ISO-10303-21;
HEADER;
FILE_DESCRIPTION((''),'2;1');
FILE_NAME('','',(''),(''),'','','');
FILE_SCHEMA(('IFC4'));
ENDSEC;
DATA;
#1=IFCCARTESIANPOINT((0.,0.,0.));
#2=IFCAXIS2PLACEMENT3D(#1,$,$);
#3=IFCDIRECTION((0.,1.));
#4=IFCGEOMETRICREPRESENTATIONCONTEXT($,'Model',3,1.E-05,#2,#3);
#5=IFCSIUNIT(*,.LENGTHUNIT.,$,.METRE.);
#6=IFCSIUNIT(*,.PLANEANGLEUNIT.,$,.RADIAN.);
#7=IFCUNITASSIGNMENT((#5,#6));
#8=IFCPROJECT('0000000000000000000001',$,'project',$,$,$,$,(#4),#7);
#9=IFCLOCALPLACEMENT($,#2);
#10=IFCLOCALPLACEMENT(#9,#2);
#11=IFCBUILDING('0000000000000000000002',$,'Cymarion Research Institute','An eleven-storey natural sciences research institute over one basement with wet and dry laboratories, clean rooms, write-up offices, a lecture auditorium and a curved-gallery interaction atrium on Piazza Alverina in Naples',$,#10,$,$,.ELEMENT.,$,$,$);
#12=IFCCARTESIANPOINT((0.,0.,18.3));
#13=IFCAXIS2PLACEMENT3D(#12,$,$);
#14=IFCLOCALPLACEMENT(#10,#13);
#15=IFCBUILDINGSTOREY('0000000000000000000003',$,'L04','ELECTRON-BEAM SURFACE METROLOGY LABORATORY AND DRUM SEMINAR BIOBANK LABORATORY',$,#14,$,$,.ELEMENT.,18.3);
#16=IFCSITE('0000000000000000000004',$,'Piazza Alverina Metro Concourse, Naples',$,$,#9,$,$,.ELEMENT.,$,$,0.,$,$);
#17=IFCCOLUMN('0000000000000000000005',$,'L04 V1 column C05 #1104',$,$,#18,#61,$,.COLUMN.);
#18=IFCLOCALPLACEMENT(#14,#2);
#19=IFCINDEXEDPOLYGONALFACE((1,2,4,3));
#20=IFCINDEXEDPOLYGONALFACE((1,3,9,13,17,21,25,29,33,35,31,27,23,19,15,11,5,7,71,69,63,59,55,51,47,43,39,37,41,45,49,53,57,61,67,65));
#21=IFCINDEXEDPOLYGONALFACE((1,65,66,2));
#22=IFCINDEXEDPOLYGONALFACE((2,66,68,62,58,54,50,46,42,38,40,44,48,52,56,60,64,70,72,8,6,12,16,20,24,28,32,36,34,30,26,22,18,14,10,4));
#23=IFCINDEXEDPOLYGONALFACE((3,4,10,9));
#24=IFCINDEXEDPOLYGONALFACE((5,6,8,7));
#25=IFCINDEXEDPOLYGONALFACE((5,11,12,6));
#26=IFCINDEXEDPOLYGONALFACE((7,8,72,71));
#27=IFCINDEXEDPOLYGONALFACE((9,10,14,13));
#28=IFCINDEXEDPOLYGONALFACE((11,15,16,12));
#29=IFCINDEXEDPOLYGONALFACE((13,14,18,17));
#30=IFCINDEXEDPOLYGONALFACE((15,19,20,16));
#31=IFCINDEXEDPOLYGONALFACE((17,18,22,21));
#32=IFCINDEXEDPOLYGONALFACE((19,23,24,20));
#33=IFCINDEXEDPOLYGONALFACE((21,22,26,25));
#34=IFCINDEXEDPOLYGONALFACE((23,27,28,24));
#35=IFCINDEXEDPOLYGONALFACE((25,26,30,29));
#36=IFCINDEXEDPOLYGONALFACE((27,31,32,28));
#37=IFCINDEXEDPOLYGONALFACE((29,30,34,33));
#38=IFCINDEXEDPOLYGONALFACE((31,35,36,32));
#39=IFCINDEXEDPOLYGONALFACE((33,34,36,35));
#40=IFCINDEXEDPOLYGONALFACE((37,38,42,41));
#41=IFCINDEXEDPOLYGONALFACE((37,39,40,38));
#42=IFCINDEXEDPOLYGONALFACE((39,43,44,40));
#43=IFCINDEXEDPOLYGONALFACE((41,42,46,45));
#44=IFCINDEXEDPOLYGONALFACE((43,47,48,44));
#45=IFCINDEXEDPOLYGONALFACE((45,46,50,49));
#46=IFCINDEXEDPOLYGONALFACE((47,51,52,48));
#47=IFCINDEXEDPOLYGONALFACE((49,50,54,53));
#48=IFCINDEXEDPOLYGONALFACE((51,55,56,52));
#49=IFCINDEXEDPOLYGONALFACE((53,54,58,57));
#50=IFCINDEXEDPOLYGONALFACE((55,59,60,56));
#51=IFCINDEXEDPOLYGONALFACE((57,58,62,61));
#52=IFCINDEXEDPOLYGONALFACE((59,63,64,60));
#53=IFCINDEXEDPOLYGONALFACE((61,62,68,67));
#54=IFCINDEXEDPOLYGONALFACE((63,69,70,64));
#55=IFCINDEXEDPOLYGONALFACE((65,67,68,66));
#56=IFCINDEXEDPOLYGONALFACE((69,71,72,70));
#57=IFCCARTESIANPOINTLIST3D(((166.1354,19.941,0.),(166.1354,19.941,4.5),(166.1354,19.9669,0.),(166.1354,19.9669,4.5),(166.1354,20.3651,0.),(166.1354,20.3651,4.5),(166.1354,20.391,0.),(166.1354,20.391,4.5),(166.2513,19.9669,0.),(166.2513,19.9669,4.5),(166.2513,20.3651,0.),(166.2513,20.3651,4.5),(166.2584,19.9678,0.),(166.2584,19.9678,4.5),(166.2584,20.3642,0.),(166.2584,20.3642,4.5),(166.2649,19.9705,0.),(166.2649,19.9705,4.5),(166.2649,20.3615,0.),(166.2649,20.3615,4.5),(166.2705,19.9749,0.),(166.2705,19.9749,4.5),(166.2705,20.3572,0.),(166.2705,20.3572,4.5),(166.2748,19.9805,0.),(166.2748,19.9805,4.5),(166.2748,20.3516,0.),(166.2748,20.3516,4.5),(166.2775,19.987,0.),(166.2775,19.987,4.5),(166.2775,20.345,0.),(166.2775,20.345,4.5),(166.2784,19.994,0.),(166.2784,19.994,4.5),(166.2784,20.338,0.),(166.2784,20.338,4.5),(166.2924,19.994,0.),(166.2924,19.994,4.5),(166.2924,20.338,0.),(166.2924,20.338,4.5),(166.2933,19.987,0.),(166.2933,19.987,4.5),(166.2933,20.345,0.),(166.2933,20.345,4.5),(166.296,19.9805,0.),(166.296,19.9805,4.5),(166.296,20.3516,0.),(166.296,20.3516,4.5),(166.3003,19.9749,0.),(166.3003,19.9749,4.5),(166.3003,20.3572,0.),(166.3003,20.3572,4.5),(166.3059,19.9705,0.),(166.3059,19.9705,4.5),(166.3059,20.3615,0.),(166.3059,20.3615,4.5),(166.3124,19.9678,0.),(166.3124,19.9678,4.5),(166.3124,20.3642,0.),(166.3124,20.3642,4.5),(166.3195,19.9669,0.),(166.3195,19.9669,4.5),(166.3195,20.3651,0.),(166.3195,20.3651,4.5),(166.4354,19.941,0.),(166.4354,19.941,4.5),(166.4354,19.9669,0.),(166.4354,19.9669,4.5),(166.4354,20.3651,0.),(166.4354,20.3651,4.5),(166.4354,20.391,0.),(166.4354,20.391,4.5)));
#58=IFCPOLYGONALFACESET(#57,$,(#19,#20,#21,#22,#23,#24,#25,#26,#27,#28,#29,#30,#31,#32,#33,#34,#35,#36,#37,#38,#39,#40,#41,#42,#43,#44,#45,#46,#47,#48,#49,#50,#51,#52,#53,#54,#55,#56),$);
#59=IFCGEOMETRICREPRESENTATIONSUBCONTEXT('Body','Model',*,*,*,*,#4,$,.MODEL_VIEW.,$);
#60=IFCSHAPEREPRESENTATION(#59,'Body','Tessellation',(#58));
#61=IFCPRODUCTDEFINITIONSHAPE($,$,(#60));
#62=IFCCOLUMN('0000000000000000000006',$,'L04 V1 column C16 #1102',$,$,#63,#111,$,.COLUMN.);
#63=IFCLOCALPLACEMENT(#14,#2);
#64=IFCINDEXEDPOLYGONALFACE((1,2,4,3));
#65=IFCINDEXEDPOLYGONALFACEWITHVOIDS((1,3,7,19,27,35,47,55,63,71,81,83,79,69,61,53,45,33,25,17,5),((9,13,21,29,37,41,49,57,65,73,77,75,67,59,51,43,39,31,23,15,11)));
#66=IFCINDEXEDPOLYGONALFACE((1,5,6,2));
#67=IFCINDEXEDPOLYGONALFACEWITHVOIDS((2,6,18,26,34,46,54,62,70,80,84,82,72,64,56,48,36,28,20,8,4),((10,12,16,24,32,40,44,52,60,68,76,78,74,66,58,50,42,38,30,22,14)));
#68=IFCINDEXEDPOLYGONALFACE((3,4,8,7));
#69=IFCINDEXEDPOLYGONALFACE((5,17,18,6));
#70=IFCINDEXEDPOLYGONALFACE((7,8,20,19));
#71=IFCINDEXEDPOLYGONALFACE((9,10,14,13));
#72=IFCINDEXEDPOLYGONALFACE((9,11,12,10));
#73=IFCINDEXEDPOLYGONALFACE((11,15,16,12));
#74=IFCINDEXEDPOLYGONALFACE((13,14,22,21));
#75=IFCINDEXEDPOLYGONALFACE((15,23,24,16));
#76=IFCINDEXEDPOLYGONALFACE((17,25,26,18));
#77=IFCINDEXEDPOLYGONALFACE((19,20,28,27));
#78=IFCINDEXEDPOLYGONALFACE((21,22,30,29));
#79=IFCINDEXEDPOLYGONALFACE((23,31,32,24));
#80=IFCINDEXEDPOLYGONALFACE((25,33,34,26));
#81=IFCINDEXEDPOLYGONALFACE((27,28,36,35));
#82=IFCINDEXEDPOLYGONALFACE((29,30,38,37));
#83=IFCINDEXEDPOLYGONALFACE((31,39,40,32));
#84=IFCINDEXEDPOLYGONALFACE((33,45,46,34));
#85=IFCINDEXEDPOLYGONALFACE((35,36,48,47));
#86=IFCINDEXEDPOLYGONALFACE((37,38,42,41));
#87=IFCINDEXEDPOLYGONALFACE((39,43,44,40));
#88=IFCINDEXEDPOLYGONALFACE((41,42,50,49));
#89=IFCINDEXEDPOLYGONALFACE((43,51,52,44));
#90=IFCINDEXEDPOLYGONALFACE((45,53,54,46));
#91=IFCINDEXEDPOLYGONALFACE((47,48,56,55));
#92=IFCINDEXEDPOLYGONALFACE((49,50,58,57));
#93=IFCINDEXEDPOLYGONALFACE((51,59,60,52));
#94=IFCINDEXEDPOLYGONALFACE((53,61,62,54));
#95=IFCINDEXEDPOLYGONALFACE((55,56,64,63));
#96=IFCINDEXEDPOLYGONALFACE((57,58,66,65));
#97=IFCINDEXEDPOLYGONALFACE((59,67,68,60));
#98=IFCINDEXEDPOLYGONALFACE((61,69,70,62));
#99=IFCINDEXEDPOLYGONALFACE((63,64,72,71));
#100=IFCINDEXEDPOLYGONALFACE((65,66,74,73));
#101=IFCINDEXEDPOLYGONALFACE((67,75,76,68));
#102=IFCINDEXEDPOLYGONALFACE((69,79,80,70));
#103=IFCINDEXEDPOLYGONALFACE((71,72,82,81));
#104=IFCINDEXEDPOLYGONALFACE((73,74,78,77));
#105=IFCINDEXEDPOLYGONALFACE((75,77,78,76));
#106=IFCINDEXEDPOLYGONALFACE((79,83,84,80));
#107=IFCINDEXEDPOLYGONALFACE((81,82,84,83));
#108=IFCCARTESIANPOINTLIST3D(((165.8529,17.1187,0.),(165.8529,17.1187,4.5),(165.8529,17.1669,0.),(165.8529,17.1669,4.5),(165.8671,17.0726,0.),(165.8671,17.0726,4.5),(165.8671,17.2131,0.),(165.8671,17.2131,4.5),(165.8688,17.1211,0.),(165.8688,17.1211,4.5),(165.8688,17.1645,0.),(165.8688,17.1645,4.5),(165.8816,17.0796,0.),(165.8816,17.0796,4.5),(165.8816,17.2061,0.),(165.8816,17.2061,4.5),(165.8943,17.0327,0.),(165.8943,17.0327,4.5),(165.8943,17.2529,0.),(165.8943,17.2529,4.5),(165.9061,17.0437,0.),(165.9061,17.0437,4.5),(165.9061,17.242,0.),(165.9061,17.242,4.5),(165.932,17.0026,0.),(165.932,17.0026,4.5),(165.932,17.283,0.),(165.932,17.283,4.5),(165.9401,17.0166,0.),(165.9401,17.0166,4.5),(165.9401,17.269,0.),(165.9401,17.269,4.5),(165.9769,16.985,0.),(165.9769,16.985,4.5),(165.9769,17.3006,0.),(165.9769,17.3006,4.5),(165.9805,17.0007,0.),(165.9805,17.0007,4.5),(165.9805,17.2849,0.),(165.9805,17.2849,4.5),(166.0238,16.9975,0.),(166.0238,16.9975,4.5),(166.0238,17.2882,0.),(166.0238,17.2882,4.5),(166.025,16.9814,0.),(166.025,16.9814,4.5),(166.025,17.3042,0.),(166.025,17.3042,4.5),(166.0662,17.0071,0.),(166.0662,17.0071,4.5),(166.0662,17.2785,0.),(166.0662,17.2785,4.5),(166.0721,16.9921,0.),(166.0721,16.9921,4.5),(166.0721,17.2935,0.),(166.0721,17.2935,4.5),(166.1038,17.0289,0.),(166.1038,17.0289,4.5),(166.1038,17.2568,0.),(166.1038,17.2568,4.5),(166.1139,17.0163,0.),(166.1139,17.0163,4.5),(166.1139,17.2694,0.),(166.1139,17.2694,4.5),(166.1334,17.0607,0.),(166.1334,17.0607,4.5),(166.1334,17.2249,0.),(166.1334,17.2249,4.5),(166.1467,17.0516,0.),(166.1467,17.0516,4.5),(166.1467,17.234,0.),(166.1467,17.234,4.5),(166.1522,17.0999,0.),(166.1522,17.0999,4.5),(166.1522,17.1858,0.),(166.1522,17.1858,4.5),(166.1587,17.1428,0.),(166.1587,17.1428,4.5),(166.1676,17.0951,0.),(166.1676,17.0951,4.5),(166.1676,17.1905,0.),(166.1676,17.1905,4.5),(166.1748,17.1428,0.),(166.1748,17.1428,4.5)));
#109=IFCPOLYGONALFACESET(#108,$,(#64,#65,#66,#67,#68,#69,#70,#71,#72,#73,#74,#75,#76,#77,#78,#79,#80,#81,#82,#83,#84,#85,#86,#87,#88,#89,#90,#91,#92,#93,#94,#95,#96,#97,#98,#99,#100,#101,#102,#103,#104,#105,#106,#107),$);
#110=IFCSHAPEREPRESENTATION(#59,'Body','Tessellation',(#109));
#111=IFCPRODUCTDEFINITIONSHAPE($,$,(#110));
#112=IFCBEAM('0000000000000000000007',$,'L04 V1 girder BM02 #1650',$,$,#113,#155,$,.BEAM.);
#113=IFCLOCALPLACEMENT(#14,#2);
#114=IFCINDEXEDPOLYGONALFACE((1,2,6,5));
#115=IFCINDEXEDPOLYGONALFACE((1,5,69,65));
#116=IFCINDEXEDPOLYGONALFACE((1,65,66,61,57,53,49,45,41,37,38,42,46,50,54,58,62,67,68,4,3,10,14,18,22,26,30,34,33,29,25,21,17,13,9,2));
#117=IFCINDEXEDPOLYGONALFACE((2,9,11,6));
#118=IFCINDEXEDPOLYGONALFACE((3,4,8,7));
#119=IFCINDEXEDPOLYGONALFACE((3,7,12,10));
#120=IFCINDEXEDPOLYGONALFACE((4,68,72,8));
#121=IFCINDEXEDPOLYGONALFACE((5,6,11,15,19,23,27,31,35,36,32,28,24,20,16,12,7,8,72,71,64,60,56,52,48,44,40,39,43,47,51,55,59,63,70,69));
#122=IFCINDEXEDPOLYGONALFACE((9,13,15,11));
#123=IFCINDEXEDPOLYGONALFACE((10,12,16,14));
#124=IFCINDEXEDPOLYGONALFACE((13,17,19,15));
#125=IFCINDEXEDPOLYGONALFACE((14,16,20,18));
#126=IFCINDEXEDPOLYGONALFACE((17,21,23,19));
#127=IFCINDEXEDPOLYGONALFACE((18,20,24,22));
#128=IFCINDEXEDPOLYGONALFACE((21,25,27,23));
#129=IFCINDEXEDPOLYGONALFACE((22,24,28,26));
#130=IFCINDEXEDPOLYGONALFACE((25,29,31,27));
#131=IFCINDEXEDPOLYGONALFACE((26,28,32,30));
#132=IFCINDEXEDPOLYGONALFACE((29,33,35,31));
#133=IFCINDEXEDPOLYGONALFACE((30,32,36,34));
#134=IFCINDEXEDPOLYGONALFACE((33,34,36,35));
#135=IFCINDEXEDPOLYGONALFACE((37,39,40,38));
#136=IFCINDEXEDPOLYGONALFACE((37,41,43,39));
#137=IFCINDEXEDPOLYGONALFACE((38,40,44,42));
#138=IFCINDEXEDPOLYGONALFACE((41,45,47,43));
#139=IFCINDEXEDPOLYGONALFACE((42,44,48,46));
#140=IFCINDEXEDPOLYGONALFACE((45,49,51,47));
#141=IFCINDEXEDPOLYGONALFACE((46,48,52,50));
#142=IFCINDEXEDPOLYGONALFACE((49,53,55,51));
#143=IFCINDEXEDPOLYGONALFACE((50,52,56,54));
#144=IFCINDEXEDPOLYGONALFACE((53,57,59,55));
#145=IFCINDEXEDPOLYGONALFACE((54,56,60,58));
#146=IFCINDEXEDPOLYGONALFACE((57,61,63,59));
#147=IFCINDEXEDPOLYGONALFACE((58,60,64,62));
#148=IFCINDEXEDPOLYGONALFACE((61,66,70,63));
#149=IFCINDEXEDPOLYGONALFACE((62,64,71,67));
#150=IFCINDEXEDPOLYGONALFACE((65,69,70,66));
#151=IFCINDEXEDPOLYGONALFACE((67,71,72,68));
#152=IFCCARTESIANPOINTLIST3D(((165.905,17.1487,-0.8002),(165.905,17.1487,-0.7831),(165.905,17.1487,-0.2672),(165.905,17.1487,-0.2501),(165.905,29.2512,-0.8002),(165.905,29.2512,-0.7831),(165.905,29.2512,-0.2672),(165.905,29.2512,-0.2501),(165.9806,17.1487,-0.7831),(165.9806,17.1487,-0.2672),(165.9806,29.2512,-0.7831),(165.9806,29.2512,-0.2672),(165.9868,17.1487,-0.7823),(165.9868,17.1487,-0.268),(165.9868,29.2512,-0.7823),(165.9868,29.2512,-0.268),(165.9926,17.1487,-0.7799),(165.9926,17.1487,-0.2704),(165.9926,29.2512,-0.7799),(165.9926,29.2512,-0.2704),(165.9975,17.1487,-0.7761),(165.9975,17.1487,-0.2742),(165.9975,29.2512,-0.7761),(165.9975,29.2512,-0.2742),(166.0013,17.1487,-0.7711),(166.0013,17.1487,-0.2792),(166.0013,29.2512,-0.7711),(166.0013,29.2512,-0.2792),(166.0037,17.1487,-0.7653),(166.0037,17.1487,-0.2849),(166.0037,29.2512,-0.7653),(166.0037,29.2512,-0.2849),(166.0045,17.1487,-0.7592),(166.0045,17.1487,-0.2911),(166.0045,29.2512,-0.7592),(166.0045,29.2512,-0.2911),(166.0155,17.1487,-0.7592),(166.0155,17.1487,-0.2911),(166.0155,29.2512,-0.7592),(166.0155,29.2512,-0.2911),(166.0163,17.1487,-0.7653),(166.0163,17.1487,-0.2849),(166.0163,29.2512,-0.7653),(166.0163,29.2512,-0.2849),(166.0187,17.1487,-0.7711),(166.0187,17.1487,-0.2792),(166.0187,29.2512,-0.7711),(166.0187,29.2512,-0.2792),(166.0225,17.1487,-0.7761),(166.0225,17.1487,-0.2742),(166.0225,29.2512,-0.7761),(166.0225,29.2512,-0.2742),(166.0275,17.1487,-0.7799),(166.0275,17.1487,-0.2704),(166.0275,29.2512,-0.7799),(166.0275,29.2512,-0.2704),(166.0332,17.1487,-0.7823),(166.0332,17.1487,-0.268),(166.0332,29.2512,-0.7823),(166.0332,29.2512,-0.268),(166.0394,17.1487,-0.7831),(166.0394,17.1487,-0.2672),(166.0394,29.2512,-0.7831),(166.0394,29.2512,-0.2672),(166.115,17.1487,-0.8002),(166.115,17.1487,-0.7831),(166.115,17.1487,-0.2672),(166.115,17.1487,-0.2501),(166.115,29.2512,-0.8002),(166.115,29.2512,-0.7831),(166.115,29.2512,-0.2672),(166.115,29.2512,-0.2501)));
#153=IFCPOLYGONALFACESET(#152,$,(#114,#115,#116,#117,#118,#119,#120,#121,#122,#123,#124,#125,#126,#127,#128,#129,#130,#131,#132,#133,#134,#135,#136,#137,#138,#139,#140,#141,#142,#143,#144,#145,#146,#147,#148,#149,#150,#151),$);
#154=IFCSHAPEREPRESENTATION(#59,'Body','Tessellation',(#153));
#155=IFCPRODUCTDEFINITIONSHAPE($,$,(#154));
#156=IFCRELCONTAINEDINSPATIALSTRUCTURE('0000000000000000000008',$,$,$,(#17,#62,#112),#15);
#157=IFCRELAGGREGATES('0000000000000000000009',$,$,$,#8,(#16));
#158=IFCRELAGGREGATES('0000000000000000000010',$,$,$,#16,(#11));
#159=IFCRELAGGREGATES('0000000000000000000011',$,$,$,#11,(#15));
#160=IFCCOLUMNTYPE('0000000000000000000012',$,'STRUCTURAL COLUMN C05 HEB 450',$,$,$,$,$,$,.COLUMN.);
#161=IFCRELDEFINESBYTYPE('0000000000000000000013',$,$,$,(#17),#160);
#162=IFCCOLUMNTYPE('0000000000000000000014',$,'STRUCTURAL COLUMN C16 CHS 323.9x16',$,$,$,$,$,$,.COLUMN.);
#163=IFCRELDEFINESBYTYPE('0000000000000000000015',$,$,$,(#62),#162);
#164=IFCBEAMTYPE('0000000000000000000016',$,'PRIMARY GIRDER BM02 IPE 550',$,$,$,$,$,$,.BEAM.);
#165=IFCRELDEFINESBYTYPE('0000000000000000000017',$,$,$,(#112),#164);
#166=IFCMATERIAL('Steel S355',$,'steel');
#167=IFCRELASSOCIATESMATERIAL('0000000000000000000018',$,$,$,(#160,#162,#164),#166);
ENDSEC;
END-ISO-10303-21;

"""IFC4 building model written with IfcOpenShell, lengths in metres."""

from ifc_helpers import new_model, si_unit, direction, frame, origin, origin_2d, place, context, subcontext, project, spatial, hollow_circle, i_section, extrude, material, material_profile, profile_set, type_object, element, save


model = new_model("IFC4")

# Units and contexts
model_context = context("Model", 3, precision=1e-05, world=origin(), true_north=direction((0.0, 1.0)))
body_context = subcontext(model_context, "Body", "Model", "MODEL_VIEW")
ifc_project = project(units=[si_unit("LENGTHUNIT", "METRE"), si_unit("PLANEANGLEUNIT", "RADIAN")], contexts=[model_context])

# Site, building, storey
site_placement = place(None, origin())
site = spatial("IfcSite", under=ifc_project, at=site_placement, Name="Piazza Alverina Metro Concourse, Naples", CompositionType="ELEMENT", RefElevation=0.0)
building_placement = place(site_placement, origin())
building = spatial("IfcBuilding", under=site, at=building_placement, Name="Cymarion Research Institute", Description="An eleven-storey natural sciences research institute over one basement with wet and dry laboratories, clean rooms, write-up offices, a lecture auditorium and a curved-gallery interaction atrium on Piazza Alverina in Naples", CompositionType="ELEMENT")
storey_placement = place(building_placement, frame((0.0, 0.0, 18.3)))
storey = spatial("IfcBuildingStorey", under=building, at=storey_placement, Name="L04", Description="ELECTRON-BEAM SURFACE METROLOGY LABORATORY AND DRUM SEMINAR BIOBANK LABORATORY", CompositionType="ELEMENT", Elevation=18.3)

# Columns
ifc_material_1 = material(Name="Steel S355", Category="steel")
ifc_material_profile_1 = material_profile(ifc_material_1, i_section(OverallWidth=0.3, OverallDepth=0.45, WebThickness=0.0139, FlangeThickness=0.0259, FilletRadius=0.0271, at=origin_2d()), Name="HEB 450")
ifc_profile_set_1 = profile_set([ifc_material_profile_1], Name="Steel S355")
column_type_1 = type_object("IfcColumnType", Name="STRUCTURAL COLUMN C05 HEB 450", PredefinedType="COLUMN", material=ifc_profile_set_1)
column_1_placement = place(storey_placement, frame((166.2854, 20.166, 0.0), z_axis=(0.0, 0.0, 1.0), x_axis=(1.0, 0.0, 0.0)))
element("IfcColumn", 1, at=column_1_placement, inside=storey, type_object=column_type_1, Name="L04 V1 column C05 #1104", PredefinedType="COLUMN", context=body_context, shape_type="SweptSolid", body=[
    extrude(i_section(OverallWidth=0.3, OverallDepth=0.45, WebThickness=0.0139, FlangeThickness=0.0259, FilletRadius=0.0271, at=origin_2d()), origin(), (0.0, 0.0, 1.0), 4.5),
])
ifc_material_profile_2 = material_profile(ifc_material_1, hollow_circle(Radius=0.1619, WallThickness=0.0161, at=origin_2d()), Name="CHS 323.9x16")
ifc_profile_set_2 = profile_set([ifc_material_profile_2], Name="Steel S355")
column_type_2 = type_object("IfcColumnType", Name="STRUCTURAL COLUMN C16 CHS 323.9x16", PredefinedType="COLUMN", material=ifc_profile_set_2)
column_2_placement = place(storey_placement, frame((166.0129, 17.1428, 0.0), z_axis=(0.0, 0.0, 1.0), x_axis=(1.0, 0.0, 0.0)))
element("IfcColumn", 2, at=column_2_placement, inside=storey, type_object=column_type_2, Name="L04 V1 column C16 #1102", PredefinedType="COLUMN", context=body_context, shape_type="SweptSolid", body=[
    extrude(hollow_circle(Radius=0.1619, WallThickness=0.0161, at=origin_2d()), origin(), (0.0, 0.0, 1.0), 4.5),
])

# Beam
ifc_material_profile_3 = material_profile(ifc_material_1, i_section(OverallWidth=0.21, OverallDepth=0.55, WebThickness=0.011, FlangeThickness=0.0171, FilletRadius=0.0239, at=origin_2d()), Name="IPE 550")
ifc_profile_set_3 = profile_set([ifc_material_profile_3], Name="Steel S355")
beam_type_1 = type_object("IfcBeamType", Name="PRIMARY GIRDER BM02 IPE 550", PredefinedType="BEAM", material=ifc_profile_set_3)
beam_1_placement = place(storey_placement, frame((166.01, 17.1487, -0.5251), z_axis=(0.0, 1.0, 0.0), x_axis=(-1.0, 0.0, 0.0)))
element("IfcBeam", 3, at=beam_1_placement, inside=storey, type_object=beam_type_1, Name="L04 V1 girder BM02 #1650", PredefinedType="BEAM", context=body_context, shape_type="SweptSolid", body=[
    extrude(i_section(OverallWidth=0.21, OverallDepth=0.55, WebThickness=0.011, FlangeThickness=0.0171, FilletRadius=0.0239, at=origin_2d()), origin(), (0.0, 0.0, 1.0), 12.1025),
])

save(model, "model.ifc")
